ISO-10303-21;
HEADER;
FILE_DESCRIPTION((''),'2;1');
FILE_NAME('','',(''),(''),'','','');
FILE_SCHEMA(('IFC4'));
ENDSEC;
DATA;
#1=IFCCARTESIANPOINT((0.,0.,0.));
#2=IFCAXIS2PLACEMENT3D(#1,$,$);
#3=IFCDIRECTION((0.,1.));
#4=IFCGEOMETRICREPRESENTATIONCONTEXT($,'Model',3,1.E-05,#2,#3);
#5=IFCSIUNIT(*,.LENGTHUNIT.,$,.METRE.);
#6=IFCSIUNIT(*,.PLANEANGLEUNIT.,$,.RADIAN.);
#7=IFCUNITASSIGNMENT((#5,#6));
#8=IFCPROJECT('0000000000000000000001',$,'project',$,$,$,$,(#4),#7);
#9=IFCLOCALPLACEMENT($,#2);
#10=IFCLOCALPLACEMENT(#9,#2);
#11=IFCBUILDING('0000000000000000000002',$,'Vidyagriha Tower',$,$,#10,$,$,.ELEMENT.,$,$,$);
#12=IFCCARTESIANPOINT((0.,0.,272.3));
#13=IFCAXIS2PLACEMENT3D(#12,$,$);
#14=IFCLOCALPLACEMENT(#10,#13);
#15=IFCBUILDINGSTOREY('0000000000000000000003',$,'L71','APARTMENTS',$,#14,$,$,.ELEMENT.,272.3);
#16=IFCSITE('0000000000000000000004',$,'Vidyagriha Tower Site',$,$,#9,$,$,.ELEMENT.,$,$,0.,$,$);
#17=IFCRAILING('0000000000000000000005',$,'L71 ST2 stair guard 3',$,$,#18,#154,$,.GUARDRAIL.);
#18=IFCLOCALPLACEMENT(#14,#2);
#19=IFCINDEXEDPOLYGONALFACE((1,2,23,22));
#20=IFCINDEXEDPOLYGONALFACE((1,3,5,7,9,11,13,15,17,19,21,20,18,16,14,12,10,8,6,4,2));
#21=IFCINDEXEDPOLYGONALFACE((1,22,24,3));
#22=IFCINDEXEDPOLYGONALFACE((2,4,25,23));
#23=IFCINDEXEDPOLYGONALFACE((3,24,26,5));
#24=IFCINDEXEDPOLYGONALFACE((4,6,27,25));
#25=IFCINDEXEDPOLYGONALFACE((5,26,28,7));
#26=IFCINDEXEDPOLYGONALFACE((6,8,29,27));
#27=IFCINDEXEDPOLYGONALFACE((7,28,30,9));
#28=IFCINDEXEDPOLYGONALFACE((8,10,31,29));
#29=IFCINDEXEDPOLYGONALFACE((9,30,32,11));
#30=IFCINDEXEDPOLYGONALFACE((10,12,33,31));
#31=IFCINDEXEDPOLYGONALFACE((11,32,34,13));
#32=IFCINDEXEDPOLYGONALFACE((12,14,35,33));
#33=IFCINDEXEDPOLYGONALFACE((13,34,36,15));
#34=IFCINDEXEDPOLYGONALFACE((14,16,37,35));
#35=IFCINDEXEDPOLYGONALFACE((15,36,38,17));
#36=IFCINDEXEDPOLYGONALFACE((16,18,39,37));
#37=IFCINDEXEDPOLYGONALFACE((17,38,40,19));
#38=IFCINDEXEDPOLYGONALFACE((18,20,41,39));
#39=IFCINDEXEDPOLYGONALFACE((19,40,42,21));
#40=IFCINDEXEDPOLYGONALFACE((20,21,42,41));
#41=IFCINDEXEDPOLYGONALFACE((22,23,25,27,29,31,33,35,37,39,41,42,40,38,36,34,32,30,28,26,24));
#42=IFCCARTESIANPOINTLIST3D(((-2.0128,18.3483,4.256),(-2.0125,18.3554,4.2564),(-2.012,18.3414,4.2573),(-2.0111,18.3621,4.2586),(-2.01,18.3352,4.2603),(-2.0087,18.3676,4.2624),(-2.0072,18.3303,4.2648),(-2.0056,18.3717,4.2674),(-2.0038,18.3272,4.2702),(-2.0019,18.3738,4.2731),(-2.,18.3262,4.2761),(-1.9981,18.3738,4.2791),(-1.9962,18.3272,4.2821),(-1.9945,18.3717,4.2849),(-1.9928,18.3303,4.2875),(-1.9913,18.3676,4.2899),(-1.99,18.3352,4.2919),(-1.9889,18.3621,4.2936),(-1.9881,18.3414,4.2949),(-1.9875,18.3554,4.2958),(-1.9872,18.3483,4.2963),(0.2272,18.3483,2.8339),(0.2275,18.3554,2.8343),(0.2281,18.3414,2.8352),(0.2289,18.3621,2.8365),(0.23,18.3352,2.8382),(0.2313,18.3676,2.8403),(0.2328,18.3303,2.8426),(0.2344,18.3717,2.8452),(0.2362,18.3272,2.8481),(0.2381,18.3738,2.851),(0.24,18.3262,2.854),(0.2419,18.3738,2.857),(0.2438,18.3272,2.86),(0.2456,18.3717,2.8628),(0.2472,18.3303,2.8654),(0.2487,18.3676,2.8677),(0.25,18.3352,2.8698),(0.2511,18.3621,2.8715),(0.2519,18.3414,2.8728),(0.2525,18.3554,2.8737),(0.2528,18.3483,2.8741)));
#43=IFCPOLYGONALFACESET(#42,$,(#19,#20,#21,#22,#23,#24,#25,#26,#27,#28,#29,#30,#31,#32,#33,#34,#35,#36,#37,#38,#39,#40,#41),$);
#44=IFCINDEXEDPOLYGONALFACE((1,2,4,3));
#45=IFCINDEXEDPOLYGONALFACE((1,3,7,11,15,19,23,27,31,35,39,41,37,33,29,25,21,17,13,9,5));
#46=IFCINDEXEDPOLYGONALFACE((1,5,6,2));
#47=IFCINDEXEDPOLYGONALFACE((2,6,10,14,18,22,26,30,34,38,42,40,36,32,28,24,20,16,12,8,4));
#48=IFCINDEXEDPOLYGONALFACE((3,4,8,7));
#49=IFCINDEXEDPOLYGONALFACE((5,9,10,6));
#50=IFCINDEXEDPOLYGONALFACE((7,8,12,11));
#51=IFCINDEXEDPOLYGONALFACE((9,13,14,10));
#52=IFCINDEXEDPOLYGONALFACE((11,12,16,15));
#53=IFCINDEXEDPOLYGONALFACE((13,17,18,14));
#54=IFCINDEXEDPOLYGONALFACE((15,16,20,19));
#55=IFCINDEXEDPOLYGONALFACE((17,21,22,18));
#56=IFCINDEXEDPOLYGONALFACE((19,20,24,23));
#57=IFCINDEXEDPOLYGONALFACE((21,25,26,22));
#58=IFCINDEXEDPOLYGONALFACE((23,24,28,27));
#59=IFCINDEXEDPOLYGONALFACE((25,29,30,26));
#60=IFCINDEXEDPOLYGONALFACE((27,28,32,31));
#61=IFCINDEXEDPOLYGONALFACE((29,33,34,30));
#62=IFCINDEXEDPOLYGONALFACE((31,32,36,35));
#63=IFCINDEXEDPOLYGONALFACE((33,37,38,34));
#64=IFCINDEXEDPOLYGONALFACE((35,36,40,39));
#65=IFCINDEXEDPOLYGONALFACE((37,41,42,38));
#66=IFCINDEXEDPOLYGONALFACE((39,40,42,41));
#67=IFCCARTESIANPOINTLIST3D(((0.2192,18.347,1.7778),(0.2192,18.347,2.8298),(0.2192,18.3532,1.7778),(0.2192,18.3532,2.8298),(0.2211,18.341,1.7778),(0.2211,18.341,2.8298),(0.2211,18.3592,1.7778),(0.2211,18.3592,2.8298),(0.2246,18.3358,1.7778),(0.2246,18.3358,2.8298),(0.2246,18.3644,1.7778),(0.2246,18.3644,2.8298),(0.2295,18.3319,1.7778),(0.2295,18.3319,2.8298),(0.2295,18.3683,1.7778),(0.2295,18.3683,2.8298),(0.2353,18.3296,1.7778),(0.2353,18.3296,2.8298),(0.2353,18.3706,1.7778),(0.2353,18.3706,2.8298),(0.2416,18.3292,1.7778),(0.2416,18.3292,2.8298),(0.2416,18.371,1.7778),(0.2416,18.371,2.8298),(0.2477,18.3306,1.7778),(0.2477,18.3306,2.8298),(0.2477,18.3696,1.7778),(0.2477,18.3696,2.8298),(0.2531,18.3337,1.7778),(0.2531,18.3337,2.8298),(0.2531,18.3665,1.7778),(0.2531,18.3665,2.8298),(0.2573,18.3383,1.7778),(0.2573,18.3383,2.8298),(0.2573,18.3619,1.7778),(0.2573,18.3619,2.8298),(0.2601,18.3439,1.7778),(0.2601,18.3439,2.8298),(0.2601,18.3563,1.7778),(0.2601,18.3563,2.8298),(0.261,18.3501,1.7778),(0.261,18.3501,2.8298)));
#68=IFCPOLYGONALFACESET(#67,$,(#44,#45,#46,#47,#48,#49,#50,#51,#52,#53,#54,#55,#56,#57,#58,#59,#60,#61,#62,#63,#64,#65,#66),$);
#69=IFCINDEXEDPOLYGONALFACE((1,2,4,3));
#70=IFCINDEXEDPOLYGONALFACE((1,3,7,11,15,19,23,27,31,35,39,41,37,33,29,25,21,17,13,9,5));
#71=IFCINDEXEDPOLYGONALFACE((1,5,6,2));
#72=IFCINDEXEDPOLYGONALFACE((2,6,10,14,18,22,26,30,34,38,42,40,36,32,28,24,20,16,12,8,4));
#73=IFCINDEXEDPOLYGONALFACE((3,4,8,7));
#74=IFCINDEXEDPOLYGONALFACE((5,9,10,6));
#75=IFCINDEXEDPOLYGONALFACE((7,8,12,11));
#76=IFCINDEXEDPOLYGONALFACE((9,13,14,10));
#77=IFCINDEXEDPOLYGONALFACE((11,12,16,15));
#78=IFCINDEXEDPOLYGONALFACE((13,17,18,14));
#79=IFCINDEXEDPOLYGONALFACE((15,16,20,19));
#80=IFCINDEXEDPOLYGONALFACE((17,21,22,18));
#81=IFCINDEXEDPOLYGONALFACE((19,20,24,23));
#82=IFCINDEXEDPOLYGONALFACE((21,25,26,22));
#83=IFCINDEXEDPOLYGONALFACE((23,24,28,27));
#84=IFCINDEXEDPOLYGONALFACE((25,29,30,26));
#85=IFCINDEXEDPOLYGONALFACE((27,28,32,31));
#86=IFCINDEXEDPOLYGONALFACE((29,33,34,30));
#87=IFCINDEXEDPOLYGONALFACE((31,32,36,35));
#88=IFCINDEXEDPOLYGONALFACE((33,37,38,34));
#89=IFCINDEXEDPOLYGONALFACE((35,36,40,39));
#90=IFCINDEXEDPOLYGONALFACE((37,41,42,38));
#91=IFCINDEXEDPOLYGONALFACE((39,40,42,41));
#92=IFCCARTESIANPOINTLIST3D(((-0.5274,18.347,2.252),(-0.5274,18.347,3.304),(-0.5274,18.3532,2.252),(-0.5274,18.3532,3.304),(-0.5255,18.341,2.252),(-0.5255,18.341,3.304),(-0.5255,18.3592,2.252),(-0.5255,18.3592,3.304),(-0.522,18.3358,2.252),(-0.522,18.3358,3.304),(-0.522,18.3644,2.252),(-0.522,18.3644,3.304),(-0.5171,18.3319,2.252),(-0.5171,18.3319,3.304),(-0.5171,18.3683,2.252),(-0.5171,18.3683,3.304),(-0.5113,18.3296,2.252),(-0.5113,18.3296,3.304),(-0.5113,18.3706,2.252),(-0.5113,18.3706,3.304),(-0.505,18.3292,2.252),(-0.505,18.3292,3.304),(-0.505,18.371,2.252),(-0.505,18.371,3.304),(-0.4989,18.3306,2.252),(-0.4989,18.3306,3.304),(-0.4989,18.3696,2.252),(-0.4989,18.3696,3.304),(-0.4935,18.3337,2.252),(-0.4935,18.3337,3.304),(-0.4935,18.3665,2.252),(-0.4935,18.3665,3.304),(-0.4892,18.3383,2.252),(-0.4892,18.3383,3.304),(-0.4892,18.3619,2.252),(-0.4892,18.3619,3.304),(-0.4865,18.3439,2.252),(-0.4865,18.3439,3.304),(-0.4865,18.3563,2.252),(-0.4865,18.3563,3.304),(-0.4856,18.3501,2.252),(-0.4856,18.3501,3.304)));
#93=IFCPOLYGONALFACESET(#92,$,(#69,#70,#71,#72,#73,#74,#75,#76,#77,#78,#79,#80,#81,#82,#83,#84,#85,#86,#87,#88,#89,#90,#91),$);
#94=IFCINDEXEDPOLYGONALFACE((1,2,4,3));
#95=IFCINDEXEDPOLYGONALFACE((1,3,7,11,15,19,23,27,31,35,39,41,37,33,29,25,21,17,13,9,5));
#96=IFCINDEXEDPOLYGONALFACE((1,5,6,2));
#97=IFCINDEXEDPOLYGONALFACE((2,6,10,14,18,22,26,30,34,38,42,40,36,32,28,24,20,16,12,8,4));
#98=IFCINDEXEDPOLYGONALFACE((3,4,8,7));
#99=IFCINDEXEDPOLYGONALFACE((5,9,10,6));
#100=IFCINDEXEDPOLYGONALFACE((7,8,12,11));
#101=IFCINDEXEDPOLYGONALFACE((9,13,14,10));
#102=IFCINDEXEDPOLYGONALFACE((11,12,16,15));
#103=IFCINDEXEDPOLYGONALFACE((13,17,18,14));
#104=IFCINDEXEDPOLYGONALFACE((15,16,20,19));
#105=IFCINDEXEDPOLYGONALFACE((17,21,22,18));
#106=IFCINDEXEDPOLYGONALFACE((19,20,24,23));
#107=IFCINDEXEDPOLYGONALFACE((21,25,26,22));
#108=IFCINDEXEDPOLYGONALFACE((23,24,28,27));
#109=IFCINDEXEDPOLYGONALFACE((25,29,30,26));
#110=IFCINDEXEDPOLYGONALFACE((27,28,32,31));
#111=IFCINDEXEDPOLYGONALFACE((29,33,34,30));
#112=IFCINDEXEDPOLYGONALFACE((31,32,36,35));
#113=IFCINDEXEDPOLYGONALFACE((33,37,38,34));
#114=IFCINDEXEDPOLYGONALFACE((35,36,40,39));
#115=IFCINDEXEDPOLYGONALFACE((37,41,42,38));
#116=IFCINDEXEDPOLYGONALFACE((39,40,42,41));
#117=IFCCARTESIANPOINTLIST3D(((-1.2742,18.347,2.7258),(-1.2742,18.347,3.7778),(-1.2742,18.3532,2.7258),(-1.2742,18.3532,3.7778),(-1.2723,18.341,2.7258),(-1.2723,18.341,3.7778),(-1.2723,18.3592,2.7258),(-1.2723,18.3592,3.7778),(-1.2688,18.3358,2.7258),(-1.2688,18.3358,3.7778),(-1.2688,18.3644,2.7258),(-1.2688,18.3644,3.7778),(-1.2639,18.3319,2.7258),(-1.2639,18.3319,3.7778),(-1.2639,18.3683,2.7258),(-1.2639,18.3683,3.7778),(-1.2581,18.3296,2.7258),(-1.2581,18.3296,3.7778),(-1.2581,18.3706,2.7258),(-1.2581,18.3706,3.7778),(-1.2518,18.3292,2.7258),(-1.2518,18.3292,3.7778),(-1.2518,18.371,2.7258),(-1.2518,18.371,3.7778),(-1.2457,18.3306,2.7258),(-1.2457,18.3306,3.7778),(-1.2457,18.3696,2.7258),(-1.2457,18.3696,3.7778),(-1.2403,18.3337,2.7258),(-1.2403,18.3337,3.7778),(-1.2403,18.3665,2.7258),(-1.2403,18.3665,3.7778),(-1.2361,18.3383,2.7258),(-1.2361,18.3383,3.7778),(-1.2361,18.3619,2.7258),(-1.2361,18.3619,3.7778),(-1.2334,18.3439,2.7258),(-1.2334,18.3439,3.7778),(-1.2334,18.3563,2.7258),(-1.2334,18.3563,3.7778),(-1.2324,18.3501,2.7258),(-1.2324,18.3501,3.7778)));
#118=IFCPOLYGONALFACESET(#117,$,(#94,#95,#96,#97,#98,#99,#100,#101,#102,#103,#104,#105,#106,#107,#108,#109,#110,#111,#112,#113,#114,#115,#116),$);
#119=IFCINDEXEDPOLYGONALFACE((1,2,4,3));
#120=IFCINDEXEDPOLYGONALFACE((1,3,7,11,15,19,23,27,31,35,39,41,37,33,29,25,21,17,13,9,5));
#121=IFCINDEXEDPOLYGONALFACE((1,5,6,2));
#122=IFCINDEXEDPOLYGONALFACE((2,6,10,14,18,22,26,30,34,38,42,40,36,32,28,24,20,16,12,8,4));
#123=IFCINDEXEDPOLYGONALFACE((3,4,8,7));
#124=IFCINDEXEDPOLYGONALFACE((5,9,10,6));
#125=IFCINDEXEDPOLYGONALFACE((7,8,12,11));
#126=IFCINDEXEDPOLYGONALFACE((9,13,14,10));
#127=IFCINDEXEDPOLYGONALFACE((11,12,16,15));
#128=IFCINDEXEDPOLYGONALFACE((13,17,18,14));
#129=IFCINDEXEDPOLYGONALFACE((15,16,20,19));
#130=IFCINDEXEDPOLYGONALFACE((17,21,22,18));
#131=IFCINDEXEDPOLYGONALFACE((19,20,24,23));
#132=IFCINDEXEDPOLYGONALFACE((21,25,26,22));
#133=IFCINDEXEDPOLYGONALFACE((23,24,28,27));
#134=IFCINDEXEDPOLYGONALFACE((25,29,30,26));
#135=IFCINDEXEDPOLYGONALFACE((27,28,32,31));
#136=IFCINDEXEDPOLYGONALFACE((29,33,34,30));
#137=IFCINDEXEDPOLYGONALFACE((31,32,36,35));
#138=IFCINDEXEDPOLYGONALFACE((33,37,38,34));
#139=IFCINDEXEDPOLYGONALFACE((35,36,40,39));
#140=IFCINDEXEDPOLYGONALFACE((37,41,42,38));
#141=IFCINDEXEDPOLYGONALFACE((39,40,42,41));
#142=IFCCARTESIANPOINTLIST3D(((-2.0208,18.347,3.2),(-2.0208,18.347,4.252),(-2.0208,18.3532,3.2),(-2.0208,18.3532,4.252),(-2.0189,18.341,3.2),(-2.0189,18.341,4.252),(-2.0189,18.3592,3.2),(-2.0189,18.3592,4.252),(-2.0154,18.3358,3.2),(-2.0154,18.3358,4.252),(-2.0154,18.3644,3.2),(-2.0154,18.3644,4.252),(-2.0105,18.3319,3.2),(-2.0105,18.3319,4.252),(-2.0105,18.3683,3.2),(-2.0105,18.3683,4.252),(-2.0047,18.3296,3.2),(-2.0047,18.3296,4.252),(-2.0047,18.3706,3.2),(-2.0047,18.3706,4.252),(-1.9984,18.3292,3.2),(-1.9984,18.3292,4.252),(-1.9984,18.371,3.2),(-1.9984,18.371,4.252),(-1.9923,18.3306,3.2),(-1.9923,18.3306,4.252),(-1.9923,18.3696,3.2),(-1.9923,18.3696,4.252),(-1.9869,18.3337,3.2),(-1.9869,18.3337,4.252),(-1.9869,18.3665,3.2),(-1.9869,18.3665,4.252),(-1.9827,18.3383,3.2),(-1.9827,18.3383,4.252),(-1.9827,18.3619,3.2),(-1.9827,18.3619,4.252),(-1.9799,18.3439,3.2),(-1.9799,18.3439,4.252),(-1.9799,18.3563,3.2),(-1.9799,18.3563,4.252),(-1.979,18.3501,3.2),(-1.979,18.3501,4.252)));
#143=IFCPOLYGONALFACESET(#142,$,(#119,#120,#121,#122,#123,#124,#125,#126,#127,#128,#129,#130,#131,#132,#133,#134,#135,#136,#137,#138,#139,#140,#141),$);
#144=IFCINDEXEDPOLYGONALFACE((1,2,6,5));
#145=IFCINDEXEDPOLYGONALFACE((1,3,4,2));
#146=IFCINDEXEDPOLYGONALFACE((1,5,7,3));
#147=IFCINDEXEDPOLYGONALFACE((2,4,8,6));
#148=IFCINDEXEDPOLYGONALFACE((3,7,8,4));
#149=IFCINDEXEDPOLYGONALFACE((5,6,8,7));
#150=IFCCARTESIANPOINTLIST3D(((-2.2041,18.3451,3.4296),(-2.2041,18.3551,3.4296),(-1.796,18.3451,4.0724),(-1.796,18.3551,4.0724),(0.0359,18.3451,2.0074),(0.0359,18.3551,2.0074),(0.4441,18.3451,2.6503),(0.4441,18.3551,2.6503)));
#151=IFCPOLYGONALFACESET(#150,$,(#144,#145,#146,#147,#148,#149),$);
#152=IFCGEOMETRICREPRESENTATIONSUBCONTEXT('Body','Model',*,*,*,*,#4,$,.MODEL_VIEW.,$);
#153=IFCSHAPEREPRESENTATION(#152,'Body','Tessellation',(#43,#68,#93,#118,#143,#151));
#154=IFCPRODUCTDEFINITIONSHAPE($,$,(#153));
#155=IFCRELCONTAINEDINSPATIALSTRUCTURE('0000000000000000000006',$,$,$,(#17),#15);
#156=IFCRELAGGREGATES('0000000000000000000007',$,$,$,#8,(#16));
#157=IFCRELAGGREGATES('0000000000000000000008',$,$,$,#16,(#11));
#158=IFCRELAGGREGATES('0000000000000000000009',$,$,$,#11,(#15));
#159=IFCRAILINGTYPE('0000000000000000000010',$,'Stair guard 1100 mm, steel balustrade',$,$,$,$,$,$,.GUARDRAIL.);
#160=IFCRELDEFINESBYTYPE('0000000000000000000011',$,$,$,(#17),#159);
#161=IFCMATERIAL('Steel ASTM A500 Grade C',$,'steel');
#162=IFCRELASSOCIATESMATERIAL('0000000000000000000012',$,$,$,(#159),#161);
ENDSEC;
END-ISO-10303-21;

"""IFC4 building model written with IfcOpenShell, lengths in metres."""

from ifc_helpers import new_model, si_unit, direction, frame, origin, origin_2d, place, context, subcontext, project, spatial, rectangle, circle, extrude, material, type_object, element, save


model = new_model("IFC4")

# Units and contexts
model_context = context("Model", 3, precision=1e-05, world=origin(), true_north=direction((0.0, 1.0)))
body_context = subcontext(model_context, "Body", "Model", "MODEL_VIEW")
ifc_project = project(units=[si_unit("LENGTHUNIT", "METRE"), si_unit("PLANEANGLEUNIT", "RADIAN")], contexts=[model_context])

# Site, building, storey
site_placement = place(None, origin())
site = spatial("IfcSite", under=ifc_project, at=site_placement, Name="Vidyagriha Tower Site", CompositionType="ELEMENT", RefElevation=0.0)
building_placement = place(site_placement, origin())
building = spatial("IfcBuilding", under=site, at=building_placement, Name="Vidyagriha Tower", CompositionType="ELEMENT")
storey_placement = place(building_placement, frame((0.0, 0.0, 272.3)))
storey = spatial("IfcBuildingStorey", under=building, at=storey_placement, Name="L71", Description="APARTMENTS", CompositionType="ELEMENT", Elevation=272.3)

# Railing
ifc_material_1 = material(Name="Steel ASTM A500 Grade C", Category="steel")
railing_type_1 = type_object("IfcRailingType", Name="Stair guard 1100 mm, steel balustrade", PredefinedType="GUARDRAIL", material=ifc_material_1)
railing_1_placement = place(storey_placement, frame((0.24, 18.3501, 1.7778)))
element("IfcRailing", 1, at=railing_1_placement, inside=storey, type_object=railing_type_1, Name="L71 ST2 stair guard 3", PredefinedType="GUARDRAIL", context=body_context, shape_type="SweptSolid", body=[
    extrude(circle(Radius=0.0239, at=origin_2d()), frame((0.0, 0.0, 1.0762), z_axis=(-0.844229, 0.0, 0.535982), x_axis=(0.0, -1.0, 0.0)), (0.0, 0.0, 1.0), 2.6533),
    extrude(circle(Radius=0.021, at=origin_2d()), origin(), (0.0, 0.0, 1.0), 1.052),
    extrude(circle(Radius=0.021, at=origin_2d()), frame((-0.7466, 0.0, 0.4741)), (0.0, 0.0, 1.0), 1.052),
    extrude(circle(Radius=0.021, at=origin_2d()), frame((-1.4934, 0.0, 0.948)), (0.0, 0.0, 1.0), 1.052),
    extrude(circle(Radius=0.021, at=origin_2d()), frame((-2.24, 0.0, 1.4221)), (0.0, 0.0, 1.0), 1.052),
    extrude(rectangle(XDim=0.01, YDim=0.7615, at=origin_2d()), frame((0.0, 0.0, 0.551), z_axis=(-0.844229, 0.0, 0.535982), x_axis=(0.0, -1.0, 0.0)), (0.0, 0.0, 1.0), 2.6533),
])

save(model, "model.ifc")
